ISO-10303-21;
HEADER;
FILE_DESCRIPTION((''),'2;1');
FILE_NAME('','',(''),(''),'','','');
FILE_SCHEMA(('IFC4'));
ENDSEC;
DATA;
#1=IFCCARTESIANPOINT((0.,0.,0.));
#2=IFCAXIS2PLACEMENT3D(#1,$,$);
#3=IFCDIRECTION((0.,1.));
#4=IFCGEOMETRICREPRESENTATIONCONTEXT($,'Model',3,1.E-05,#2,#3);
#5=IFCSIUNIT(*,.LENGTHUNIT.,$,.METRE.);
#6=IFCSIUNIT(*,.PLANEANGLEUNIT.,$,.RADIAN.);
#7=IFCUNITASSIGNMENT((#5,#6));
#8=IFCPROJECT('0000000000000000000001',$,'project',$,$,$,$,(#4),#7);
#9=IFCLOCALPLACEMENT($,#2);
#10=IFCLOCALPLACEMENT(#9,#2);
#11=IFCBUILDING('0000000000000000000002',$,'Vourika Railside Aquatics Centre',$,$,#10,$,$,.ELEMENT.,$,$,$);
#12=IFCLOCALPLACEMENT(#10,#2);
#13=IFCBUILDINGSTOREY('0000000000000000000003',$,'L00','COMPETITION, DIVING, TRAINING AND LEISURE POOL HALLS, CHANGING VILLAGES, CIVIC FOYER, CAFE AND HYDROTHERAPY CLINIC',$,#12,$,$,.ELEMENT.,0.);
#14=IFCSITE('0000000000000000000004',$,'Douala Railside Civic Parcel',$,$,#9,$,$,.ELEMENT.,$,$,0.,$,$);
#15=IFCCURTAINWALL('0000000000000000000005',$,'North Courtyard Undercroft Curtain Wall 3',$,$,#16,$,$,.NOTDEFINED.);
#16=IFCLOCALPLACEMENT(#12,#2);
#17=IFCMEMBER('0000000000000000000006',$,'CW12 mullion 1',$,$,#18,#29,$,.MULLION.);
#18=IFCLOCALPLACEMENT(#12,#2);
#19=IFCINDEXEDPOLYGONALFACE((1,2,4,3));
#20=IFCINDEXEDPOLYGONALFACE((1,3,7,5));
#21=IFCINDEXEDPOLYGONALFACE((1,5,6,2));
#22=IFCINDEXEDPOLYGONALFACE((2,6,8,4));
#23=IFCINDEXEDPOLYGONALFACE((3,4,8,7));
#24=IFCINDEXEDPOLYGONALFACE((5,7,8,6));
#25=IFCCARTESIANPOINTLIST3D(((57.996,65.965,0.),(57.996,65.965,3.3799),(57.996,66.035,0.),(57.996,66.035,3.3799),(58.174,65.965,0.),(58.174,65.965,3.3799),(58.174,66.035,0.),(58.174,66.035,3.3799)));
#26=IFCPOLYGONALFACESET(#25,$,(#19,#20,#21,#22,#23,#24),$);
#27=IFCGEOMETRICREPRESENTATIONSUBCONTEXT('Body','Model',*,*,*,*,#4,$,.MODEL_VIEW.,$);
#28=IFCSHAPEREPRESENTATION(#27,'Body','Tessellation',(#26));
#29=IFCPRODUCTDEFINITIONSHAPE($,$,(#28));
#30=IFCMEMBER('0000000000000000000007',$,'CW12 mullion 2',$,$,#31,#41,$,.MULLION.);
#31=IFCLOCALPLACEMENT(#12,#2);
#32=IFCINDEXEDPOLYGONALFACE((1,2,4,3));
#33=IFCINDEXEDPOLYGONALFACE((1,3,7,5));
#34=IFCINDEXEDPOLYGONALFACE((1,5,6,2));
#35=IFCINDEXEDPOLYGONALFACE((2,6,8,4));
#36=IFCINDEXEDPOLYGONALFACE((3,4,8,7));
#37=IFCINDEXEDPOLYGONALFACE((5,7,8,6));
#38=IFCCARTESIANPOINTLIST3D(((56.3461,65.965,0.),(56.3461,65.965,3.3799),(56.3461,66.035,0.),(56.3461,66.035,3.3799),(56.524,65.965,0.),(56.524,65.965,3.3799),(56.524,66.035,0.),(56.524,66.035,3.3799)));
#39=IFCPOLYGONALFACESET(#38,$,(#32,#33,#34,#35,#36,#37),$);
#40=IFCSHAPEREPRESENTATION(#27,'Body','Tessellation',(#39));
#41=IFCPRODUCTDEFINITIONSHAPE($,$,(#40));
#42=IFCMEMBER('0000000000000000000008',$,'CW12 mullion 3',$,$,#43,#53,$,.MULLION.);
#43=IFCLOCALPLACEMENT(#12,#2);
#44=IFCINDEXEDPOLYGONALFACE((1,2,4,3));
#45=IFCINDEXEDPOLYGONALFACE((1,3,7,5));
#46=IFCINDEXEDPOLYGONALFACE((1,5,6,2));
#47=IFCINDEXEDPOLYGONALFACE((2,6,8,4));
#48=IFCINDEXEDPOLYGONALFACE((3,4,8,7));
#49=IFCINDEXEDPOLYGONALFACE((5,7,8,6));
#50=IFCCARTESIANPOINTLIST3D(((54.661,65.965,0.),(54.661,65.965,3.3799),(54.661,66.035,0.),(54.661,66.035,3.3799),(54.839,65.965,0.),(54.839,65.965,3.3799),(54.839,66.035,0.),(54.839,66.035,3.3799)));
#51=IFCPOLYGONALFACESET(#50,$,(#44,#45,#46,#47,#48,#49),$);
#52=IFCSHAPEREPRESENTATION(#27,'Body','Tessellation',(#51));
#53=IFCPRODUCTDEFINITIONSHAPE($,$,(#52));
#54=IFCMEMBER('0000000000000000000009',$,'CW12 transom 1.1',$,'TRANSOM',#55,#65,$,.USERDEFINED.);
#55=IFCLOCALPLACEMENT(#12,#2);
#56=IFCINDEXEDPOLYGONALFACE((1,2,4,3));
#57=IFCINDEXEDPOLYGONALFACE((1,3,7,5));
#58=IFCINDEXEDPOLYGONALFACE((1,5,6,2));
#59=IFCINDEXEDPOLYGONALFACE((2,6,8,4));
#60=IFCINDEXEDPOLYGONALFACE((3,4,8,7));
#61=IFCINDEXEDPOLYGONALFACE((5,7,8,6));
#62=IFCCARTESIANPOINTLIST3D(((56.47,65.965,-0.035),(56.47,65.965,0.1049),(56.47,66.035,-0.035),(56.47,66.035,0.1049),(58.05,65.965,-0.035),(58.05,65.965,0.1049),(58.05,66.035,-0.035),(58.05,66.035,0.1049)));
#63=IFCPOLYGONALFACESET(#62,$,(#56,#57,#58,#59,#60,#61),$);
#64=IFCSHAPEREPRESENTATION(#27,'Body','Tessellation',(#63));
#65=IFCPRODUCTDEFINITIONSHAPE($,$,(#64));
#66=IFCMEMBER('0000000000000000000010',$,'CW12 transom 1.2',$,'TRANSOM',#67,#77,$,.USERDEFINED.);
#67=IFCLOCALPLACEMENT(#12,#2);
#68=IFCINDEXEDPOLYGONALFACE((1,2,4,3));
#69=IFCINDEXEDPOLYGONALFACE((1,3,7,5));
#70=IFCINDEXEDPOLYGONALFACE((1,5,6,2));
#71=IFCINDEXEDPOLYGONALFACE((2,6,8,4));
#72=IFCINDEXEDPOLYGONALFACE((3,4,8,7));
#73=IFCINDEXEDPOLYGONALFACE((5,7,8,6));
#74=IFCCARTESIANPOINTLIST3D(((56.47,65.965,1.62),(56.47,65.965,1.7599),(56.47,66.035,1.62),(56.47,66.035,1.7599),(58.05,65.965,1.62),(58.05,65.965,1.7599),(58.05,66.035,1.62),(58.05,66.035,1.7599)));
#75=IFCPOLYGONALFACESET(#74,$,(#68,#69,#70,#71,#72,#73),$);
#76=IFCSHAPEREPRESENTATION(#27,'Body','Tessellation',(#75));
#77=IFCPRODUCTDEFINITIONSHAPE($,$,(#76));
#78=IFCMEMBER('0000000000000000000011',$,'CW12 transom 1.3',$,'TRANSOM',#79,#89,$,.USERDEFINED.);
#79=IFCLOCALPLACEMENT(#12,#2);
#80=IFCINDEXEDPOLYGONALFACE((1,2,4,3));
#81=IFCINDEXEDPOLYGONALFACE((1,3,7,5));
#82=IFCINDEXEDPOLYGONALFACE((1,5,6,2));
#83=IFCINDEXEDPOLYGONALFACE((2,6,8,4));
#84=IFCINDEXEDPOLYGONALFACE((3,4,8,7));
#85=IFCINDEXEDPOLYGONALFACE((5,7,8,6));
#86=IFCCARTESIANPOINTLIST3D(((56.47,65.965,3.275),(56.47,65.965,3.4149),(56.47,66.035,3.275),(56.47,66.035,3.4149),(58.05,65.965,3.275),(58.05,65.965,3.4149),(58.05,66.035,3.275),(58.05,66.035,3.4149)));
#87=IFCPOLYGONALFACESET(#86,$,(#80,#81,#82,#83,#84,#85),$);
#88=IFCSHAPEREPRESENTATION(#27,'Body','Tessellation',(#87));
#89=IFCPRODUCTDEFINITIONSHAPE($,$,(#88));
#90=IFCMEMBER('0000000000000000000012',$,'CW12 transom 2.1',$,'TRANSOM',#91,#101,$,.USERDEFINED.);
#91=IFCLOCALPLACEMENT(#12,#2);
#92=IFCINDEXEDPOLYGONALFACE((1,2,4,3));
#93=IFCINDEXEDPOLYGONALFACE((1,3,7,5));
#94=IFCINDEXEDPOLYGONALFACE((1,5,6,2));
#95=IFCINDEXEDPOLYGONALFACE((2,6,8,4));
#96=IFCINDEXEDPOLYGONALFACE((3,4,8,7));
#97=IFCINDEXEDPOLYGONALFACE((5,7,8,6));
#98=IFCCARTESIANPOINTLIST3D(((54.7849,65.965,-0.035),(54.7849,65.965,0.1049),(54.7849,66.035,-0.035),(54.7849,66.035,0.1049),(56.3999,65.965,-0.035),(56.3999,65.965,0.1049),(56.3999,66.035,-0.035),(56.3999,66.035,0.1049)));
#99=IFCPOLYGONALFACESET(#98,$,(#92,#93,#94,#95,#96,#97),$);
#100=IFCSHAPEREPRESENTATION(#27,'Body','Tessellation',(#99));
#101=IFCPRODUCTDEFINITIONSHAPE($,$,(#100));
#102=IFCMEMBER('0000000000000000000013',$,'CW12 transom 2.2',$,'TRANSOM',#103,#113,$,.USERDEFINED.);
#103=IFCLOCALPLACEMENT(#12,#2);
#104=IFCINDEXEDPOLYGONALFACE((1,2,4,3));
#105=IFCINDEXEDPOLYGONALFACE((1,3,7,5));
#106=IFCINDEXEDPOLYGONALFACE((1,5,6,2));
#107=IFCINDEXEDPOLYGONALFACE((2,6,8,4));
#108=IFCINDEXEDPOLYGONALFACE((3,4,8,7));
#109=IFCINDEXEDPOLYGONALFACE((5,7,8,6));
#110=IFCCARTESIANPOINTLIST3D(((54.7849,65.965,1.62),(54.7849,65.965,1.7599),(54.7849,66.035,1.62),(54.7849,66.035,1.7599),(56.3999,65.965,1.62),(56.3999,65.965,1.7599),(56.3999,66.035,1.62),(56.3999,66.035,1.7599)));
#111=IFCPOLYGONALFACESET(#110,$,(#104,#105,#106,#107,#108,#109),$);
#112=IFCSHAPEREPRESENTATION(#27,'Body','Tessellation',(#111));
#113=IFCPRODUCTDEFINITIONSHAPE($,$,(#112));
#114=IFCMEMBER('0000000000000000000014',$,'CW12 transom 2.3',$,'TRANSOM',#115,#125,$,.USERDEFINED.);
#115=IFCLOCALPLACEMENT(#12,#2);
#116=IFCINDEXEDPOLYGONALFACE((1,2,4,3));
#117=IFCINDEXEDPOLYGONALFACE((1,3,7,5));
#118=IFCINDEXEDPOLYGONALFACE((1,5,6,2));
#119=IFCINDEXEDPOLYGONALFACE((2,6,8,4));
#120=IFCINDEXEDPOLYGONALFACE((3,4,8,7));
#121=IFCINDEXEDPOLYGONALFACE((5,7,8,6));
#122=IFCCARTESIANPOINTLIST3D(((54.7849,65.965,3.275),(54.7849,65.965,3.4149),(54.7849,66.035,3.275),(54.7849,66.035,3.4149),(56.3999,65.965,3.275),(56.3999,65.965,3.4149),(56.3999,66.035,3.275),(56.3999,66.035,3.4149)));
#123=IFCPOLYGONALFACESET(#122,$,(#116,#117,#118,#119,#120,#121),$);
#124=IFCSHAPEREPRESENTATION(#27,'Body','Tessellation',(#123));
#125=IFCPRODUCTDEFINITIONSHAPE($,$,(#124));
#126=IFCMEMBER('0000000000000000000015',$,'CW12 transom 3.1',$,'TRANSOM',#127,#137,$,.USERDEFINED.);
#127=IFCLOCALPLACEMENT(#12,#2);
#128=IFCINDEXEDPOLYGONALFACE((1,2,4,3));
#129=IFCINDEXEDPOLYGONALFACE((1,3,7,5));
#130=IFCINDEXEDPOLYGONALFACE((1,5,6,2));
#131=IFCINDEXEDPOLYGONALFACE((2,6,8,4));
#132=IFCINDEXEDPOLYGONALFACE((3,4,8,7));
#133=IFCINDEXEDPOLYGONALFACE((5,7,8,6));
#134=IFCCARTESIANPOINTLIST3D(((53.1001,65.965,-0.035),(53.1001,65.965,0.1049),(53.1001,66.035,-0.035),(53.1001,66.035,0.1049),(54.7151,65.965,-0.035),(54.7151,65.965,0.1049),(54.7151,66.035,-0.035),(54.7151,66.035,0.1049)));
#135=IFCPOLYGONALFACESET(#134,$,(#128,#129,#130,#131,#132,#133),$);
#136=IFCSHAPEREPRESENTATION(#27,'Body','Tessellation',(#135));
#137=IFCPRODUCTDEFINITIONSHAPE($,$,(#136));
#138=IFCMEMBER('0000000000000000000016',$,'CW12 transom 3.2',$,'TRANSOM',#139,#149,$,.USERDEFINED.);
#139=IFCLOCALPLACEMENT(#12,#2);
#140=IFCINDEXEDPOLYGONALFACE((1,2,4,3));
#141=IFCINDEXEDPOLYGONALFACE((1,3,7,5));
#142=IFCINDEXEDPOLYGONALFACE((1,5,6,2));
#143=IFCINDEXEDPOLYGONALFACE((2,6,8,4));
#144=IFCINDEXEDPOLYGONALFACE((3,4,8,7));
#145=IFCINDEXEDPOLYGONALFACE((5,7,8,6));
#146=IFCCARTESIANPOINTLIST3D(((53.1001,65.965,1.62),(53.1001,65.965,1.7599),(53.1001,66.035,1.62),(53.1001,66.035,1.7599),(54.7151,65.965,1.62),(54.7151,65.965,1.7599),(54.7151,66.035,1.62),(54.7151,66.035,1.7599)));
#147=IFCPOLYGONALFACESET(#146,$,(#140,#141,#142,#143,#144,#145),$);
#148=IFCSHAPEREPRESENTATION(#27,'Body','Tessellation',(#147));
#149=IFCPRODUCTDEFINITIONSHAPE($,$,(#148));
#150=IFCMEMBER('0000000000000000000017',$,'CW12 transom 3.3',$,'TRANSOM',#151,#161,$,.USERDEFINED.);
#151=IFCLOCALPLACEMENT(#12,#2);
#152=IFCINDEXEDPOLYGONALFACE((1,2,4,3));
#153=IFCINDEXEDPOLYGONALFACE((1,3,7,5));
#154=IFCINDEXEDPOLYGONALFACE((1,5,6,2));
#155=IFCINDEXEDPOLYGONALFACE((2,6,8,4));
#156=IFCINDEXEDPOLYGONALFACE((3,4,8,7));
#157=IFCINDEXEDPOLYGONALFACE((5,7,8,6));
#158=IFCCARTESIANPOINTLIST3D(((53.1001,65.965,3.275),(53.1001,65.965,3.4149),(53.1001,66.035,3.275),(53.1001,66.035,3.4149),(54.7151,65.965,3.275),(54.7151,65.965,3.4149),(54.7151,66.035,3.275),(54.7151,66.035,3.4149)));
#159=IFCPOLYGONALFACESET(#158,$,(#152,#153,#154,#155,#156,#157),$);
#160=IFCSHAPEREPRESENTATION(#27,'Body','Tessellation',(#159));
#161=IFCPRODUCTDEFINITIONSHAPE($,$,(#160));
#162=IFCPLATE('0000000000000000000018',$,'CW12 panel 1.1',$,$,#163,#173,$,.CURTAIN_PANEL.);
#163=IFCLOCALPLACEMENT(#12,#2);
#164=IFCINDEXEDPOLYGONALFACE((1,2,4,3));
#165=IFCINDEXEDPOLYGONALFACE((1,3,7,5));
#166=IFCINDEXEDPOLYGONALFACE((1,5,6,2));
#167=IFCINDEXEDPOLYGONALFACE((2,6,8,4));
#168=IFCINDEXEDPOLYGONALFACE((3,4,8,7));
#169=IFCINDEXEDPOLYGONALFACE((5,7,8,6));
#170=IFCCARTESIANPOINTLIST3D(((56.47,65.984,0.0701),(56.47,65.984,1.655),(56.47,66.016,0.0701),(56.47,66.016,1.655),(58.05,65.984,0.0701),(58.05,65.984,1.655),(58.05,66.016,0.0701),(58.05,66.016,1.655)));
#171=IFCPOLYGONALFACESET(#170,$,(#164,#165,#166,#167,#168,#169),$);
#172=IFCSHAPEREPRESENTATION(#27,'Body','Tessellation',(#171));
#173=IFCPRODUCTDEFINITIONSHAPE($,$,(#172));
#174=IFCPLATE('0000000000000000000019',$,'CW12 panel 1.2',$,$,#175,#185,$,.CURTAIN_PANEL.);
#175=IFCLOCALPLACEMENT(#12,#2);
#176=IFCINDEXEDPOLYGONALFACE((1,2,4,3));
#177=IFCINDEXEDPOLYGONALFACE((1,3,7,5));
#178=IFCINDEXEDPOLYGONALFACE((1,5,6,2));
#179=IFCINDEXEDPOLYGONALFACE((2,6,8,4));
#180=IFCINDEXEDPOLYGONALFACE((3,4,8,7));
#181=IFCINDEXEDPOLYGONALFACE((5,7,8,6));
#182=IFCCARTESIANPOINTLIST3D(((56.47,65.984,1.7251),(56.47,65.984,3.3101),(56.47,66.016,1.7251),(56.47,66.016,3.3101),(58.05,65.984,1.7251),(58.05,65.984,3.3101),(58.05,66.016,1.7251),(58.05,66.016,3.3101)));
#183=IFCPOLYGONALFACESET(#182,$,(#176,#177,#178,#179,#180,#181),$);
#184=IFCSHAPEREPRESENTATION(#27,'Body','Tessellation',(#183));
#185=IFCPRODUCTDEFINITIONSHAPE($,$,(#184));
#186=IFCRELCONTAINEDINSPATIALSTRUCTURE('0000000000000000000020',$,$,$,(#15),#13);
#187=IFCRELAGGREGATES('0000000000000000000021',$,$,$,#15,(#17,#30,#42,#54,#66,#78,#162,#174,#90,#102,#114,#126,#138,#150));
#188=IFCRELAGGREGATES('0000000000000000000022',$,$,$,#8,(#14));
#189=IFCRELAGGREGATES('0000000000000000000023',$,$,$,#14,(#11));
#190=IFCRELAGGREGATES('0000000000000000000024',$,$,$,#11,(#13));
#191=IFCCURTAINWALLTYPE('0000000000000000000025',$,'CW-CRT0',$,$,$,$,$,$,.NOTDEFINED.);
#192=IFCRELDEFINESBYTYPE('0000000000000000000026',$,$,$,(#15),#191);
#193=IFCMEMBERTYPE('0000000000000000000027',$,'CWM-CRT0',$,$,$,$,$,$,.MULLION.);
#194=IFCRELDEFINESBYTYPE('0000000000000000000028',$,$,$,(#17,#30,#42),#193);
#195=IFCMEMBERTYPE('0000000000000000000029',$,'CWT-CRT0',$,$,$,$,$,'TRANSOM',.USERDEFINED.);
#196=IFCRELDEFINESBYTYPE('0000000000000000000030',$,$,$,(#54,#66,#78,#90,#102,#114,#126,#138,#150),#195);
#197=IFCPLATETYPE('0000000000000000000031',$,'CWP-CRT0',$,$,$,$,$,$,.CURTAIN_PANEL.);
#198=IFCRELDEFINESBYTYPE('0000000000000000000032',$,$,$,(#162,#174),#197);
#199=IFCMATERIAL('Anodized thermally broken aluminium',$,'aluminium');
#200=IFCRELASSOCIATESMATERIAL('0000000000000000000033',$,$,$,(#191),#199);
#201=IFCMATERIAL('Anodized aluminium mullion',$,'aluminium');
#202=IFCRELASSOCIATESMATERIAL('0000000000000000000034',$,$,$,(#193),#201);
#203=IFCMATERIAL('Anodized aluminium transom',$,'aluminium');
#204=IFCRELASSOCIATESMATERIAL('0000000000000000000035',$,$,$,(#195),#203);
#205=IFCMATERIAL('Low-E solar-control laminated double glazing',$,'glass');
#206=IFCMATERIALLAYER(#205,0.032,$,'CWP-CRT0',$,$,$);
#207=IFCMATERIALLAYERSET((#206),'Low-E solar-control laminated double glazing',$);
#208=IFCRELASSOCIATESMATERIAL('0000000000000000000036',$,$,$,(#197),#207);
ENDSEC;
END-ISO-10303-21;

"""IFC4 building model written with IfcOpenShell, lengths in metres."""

from ifc_helpers import new_model, si_unit, direction, frame, origin, origin_2d, place, context, subcontext, project, spatial, rectangle, extrude, material, layer, layer_set, material_profile, profile_set, type_object, element, aggregate, save


model = new_model("IFC4")

# Units and contexts
model_context = context("Model", 3, precision=1e-05, world=origin(), true_north=direction((0.0, 1.0)))
body_context = subcontext(model_context, "Body", "Model", "MODEL_VIEW")
ifc_project = project(units=[si_unit("LENGTHUNIT", "METRE"), si_unit("PLANEANGLEUNIT", "RADIAN")], contexts=[model_context])

# Site, building, storey
site_placement = place(None, origin())
site = spatial("IfcSite", under=ifc_project, at=site_placement, Name="Douala Railside Civic Parcel", CompositionType="ELEMENT", RefElevation=0.0)
building_placement = place(site_placement, origin())
building = spatial("IfcBuilding", under=site, at=building_placement, Name="Vourika Railside Aquatics Centre", CompositionType="ELEMENT")
storey_placement = place(building_placement, origin())
storey = spatial("IfcBuildingStorey", under=building, at=storey_placement, Name="L00", Description="COMPETITION, DIVING, TRAINING AND LEISURE POOL HALLS, CHANGING VILLAGES, CIVIC FOYER, CAFE AND HYDROTHERAPY CLINIC", CompositionType="ELEMENT", Elevation=0.0)

# Curtain wall, members, plates
ifc_material_1 = material(Name="Anodized thermally broken aluminium", Category="aluminium")
curtain_wall_type = type_object("IfcCurtainWallType", Name="CW-CRT0", PredefinedType="NOTDEFINED", material=ifc_material_1)
curtain_wall_placement = place(storey_placement, origin())
curtain_wall = element("IfcCurtainWall", 1, at=curtain_wall_placement, inside=storey, type_object=curtain_wall_type, Name="North Courtyard Undercroft Curtain Wall 3", PredefinedType="NOTDEFINED")
ifc_material_2 = material(Name="Anodized aluminium mullion", Category="aluminium")
ifc_material_profile_1 = material_profile(ifc_material_2, rectangle(XDim=0.0701, YDim=0.178, at=origin_2d()), Name="ALU-M 70x178")
ifc_profile_set_1 = profile_set([ifc_material_profile_1], Name="Anodized aluminium mullion")
member_type_1 = type_object("IfcMemberType", Name="CWM-CRT0", PredefinedType="MULLION", material=ifc_profile_set_1)
member_1_placement = place(storey_placement, frame((58.085, 66.0, 0.0), z_axis=(0.0, 0.0, 1.0), x_axis=(0.0, -1.0, 0.0)))
member_1 = element("IfcMember", 2, at=member_1_placement, type_object=member_type_1, Name="CW12 mullion 1", PredefinedType="MULLION", context=body_context, shape_type="SweptSolid", body=[
    extrude(rectangle(XDim=0.0701, YDim=0.178, at=origin_2d()), origin(), (0.0, 0.0, 1.0), 3.3799),
])
member_2_placement = place(storey_placement, frame((56.4351, 66.0, 0.0), z_axis=(0.0, 0.0, 1.0), x_axis=(0.0, -1.0, 0.0)))
member_2 = element("IfcMember", 3, at=member_2_placement, type_object=member_type_1, Name="CW12 mullion 2", PredefinedType="MULLION", context=body_context, shape_type="SweptSolid", body=[
    extrude(rectangle(XDim=0.0701, YDim=0.178, at=origin_2d()), origin(), (0.0, 0.0, 1.0), 3.3799),
])
member_3_placement = place(storey_placement, frame((54.75, 66.0, 0.0), z_axis=(0.0, 0.0, 1.0), x_axis=(0.0, -1.0, 0.0)))
member_3 = element("IfcMember", 4, at=member_3_placement, type_object=member_type_1, Name="CW12 mullion 3", PredefinedType="MULLION", context=body_context, shape_type="SweptSolid", body=[
    extrude(rectangle(XDim=0.0701, YDim=0.178, at=origin_2d()), origin(), (0.0, 0.0, 1.0), 3.3799),
])
ifc_material_3 = material(Name="Anodized aluminium transom", Category="aluminium")
ifc_material_profile_2 = material_profile(ifc_material_3, rectangle(XDim=0.0701, YDim=0.1399, at=origin_2d()), Name="ALU-T 70x140")
ifc_profile_set_2 = profile_set([ifc_material_profile_2], Name="Anodized aluminium transom")
member_type_2 = type_object("IfcMemberType", Name="CWT-CRT0", ElementType="TRANSOM", PredefinedType="USERDEFINED", material=ifc_profile_set_2)
member_4_placement = place(storey_placement, frame((58.05, 66.0, 0.0349), z_axis=(-1.0, 0.0, 0.0), x_axis=(0.0, -1.0, 0.0)))
member_4 = element("IfcMember", 5, at=member_4_placement, type_object=member_type_2, Name="CW12 transom 1.1", ObjectType="TRANSOM", PredefinedType="USERDEFINED", context=body_context, shape_type="SweptSolid", body=[
    extrude(rectangle(XDim=0.0701, YDim=0.1399, at=origin_2d()), origin(), (0.0, 0.0, 1.0), 1.5801),
])
member_5_placement = place(storey_placement, frame((58.05, 66.0, 1.6899), z_axis=(-1.0, 0.0, 0.0), x_axis=(0.0, -1.0, 0.0)))
member_5 = element("IfcMember", 6, at=member_5_placement, type_object=member_type_2, Name="CW12 transom 1.2", ObjectType="TRANSOM", PredefinedType="USERDEFINED", context=body_context, shape_type="SweptSolid", body=[
    extrude(rectangle(XDim=0.0701, YDim=0.1399, at=origin_2d()), origin(), (0.0, 0.0, 1.0), 1.5801),
])
member_6_placement = place(storey_placement, frame((58.05, 66.0, 3.345), z_axis=(-1.0, 0.0, 0.0), x_axis=(0.0, -1.0, 0.0)))
member_6 = element("IfcMember", 7, at=member_6_placement, type_object=member_type_2, Name="CW12 transom 1.3", ObjectType="TRANSOM", PredefinedType="USERDEFINED", context=body_context, shape_type="SweptSolid", body=[
    extrude(rectangle(XDim=0.0701, YDim=0.1399, at=origin_2d()), origin(), (0.0, 0.0, 1.0), 1.5801),
])
member_7_placement = place(storey_placement, frame((56.3999, 66.0, 0.0349), z_axis=(-1.0, 0.0, 0.0), x_axis=(0.0, -1.0, 0.0)))
member_7 = element("IfcMember", 8, at=member_7_placement, type_object=member_type_2, Name="CW12 transom 2.1", ObjectType="TRANSOM", PredefinedType="USERDEFINED", context=body_context, shape_type="SweptSolid", body=[
    extrude(rectangle(XDim=0.0701, YDim=0.1399, at=origin_2d()), origin(), (0.0, 0.0, 1.0), 1.615),
])
member_8_placement = place(storey_placement, frame((56.3999, 66.0, 1.6899), z_axis=(-1.0, 0.0, 0.0), x_axis=(0.0, -1.0, 0.0)))
member_8 = element("IfcMember", 9, at=member_8_placement, type_object=member_type_2, Name="CW12 transom 2.2", ObjectType="TRANSOM", PredefinedType="USERDEFINED", context=body_context, shape_type="SweptSolid", body=[
    extrude(rectangle(XDim=0.0701, YDim=0.1399, at=origin_2d()), origin(), (0.0, 0.0, 1.0), 1.615),
])
member_9_placement = place(storey_placement, frame((56.3999, 66.0, 3.345), z_axis=(-1.0, 0.0, 0.0), x_axis=(0.0, -1.0, 0.0)))
member_9 = element("IfcMember", 10, at=member_9_placement, type_object=member_type_2, Name="CW12 transom 2.3", ObjectType="TRANSOM", PredefinedType="USERDEFINED", context=body_context, shape_type="SweptSolid", body=[
    extrude(rectangle(XDim=0.0701, YDim=0.1399, at=origin_2d()), origin(), (0.0, 0.0, 1.0), 1.615),
])
member_10_placement = place(storey_placement, frame((54.7151, 66.0, 0.0349), z_axis=(-1.0, 0.0, 0.0), x_axis=(0.0, -1.0, 0.0)))
member_10 = element("IfcMember", 11, at=member_10_placement, type_object=member_type_2, Name="CW12 transom 3.1", ObjectType="TRANSOM", PredefinedType="USERDEFINED", context=body_context, shape_type="SweptSolid", body=[
    extrude(rectangle(XDim=0.0701, YDim=0.1399, at=origin_2d()), origin(), (0.0, 0.0, 1.0), 1.615),
])
member_11_placement = place(storey_placement, frame((54.7151, 66.0, 1.6899), z_axis=(-1.0, 0.0, 0.0), x_axis=(0.0, -1.0, 0.0)))
member_11 = element("IfcMember", 12, at=member_11_placement, type_object=member_type_2, Name="CW12 transom 3.2", ObjectType="TRANSOM", PredefinedType="USERDEFINED", context=body_context, shape_type="SweptSolid", body=[
    extrude(rectangle(XDim=0.0701, YDim=0.1399, at=origin_2d()), origin(), (0.0, 0.0, 1.0), 1.615),
])
member_12_placement = place(storey_placement, frame((54.7151, 66.0, 3.345), z_axis=(-1.0, 0.0, 0.0), x_axis=(0.0, -1.0, 0.0)))
member_12 = element("IfcMember", 13, at=member_12_placement, type_object=member_type_2, Name="CW12 transom 3.3", ObjectType="TRANSOM", PredefinedType="USERDEFINED", context=body_context, shape_type="SweptSolid", body=[
    extrude(rectangle(XDim=0.0701, YDim=0.1399, at=origin_2d()), origin(), (0.0, 0.0, 1.0), 1.615),
])
ifc_material_4 = material(Name="Low-E solar-control laminated double glazing", Category="glass")
ifc_layer = layer(ifc_material_4, 0.032, Name="CWP-CRT0")
ifc_layer_set = layer_set([ifc_layer], Name="Low-E solar-control laminated double glazing")
plate_type = type_object("IfcPlateType", Name="CWP-CRT0", PredefinedType="CURTAIN_PANEL", material=ifc_layer_set)
plate_1_placement = place(storey_placement, frame((57.26, 66.0, 0.0701), z_axis=(0.0, 0.0, 1.0), x_axis=(-1.0, 0.0, 0.0)))
plate_1 = element("IfcPlate", 14, at=plate_1_placement, type_object=plate_type, Name="CW12 panel 1.1", PredefinedType="CURTAIN_PANEL", context=body_context, shape_type="SweptSolid", body=[
    extrude(rectangle(XDim=1.5801, YDim=0.032, at=origin_2d()), origin(), (0.0, 0.0, 1.0), 1.585),
])
plate_2_placement = place(storey_placement, frame((57.26, 66.0, 1.7251), z_axis=(0.0, 0.0, 1.0), x_axis=(-1.0, 0.0, 0.0)))
plate_2 = element("IfcPlate", 15, at=plate_2_placement, type_object=plate_type, Name="CW12 panel 1.2", PredefinedType="CURTAIN_PANEL", context=body_context, shape_type="SweptSolid", body=[
    extrude(rectangle(XDim=1.5801, YDim=0.032, at=origin_2d()), origin(), (0.0, 0.0, 1.0), 1.585),
])
aggregate(curtain_wall, [member_1, member_2, member_3, member_4, member_5, member_6, plate_1, plate_2, member_7, member_8, member_9, member_10, member_11, member_12])

save(model, "model.ifc")
